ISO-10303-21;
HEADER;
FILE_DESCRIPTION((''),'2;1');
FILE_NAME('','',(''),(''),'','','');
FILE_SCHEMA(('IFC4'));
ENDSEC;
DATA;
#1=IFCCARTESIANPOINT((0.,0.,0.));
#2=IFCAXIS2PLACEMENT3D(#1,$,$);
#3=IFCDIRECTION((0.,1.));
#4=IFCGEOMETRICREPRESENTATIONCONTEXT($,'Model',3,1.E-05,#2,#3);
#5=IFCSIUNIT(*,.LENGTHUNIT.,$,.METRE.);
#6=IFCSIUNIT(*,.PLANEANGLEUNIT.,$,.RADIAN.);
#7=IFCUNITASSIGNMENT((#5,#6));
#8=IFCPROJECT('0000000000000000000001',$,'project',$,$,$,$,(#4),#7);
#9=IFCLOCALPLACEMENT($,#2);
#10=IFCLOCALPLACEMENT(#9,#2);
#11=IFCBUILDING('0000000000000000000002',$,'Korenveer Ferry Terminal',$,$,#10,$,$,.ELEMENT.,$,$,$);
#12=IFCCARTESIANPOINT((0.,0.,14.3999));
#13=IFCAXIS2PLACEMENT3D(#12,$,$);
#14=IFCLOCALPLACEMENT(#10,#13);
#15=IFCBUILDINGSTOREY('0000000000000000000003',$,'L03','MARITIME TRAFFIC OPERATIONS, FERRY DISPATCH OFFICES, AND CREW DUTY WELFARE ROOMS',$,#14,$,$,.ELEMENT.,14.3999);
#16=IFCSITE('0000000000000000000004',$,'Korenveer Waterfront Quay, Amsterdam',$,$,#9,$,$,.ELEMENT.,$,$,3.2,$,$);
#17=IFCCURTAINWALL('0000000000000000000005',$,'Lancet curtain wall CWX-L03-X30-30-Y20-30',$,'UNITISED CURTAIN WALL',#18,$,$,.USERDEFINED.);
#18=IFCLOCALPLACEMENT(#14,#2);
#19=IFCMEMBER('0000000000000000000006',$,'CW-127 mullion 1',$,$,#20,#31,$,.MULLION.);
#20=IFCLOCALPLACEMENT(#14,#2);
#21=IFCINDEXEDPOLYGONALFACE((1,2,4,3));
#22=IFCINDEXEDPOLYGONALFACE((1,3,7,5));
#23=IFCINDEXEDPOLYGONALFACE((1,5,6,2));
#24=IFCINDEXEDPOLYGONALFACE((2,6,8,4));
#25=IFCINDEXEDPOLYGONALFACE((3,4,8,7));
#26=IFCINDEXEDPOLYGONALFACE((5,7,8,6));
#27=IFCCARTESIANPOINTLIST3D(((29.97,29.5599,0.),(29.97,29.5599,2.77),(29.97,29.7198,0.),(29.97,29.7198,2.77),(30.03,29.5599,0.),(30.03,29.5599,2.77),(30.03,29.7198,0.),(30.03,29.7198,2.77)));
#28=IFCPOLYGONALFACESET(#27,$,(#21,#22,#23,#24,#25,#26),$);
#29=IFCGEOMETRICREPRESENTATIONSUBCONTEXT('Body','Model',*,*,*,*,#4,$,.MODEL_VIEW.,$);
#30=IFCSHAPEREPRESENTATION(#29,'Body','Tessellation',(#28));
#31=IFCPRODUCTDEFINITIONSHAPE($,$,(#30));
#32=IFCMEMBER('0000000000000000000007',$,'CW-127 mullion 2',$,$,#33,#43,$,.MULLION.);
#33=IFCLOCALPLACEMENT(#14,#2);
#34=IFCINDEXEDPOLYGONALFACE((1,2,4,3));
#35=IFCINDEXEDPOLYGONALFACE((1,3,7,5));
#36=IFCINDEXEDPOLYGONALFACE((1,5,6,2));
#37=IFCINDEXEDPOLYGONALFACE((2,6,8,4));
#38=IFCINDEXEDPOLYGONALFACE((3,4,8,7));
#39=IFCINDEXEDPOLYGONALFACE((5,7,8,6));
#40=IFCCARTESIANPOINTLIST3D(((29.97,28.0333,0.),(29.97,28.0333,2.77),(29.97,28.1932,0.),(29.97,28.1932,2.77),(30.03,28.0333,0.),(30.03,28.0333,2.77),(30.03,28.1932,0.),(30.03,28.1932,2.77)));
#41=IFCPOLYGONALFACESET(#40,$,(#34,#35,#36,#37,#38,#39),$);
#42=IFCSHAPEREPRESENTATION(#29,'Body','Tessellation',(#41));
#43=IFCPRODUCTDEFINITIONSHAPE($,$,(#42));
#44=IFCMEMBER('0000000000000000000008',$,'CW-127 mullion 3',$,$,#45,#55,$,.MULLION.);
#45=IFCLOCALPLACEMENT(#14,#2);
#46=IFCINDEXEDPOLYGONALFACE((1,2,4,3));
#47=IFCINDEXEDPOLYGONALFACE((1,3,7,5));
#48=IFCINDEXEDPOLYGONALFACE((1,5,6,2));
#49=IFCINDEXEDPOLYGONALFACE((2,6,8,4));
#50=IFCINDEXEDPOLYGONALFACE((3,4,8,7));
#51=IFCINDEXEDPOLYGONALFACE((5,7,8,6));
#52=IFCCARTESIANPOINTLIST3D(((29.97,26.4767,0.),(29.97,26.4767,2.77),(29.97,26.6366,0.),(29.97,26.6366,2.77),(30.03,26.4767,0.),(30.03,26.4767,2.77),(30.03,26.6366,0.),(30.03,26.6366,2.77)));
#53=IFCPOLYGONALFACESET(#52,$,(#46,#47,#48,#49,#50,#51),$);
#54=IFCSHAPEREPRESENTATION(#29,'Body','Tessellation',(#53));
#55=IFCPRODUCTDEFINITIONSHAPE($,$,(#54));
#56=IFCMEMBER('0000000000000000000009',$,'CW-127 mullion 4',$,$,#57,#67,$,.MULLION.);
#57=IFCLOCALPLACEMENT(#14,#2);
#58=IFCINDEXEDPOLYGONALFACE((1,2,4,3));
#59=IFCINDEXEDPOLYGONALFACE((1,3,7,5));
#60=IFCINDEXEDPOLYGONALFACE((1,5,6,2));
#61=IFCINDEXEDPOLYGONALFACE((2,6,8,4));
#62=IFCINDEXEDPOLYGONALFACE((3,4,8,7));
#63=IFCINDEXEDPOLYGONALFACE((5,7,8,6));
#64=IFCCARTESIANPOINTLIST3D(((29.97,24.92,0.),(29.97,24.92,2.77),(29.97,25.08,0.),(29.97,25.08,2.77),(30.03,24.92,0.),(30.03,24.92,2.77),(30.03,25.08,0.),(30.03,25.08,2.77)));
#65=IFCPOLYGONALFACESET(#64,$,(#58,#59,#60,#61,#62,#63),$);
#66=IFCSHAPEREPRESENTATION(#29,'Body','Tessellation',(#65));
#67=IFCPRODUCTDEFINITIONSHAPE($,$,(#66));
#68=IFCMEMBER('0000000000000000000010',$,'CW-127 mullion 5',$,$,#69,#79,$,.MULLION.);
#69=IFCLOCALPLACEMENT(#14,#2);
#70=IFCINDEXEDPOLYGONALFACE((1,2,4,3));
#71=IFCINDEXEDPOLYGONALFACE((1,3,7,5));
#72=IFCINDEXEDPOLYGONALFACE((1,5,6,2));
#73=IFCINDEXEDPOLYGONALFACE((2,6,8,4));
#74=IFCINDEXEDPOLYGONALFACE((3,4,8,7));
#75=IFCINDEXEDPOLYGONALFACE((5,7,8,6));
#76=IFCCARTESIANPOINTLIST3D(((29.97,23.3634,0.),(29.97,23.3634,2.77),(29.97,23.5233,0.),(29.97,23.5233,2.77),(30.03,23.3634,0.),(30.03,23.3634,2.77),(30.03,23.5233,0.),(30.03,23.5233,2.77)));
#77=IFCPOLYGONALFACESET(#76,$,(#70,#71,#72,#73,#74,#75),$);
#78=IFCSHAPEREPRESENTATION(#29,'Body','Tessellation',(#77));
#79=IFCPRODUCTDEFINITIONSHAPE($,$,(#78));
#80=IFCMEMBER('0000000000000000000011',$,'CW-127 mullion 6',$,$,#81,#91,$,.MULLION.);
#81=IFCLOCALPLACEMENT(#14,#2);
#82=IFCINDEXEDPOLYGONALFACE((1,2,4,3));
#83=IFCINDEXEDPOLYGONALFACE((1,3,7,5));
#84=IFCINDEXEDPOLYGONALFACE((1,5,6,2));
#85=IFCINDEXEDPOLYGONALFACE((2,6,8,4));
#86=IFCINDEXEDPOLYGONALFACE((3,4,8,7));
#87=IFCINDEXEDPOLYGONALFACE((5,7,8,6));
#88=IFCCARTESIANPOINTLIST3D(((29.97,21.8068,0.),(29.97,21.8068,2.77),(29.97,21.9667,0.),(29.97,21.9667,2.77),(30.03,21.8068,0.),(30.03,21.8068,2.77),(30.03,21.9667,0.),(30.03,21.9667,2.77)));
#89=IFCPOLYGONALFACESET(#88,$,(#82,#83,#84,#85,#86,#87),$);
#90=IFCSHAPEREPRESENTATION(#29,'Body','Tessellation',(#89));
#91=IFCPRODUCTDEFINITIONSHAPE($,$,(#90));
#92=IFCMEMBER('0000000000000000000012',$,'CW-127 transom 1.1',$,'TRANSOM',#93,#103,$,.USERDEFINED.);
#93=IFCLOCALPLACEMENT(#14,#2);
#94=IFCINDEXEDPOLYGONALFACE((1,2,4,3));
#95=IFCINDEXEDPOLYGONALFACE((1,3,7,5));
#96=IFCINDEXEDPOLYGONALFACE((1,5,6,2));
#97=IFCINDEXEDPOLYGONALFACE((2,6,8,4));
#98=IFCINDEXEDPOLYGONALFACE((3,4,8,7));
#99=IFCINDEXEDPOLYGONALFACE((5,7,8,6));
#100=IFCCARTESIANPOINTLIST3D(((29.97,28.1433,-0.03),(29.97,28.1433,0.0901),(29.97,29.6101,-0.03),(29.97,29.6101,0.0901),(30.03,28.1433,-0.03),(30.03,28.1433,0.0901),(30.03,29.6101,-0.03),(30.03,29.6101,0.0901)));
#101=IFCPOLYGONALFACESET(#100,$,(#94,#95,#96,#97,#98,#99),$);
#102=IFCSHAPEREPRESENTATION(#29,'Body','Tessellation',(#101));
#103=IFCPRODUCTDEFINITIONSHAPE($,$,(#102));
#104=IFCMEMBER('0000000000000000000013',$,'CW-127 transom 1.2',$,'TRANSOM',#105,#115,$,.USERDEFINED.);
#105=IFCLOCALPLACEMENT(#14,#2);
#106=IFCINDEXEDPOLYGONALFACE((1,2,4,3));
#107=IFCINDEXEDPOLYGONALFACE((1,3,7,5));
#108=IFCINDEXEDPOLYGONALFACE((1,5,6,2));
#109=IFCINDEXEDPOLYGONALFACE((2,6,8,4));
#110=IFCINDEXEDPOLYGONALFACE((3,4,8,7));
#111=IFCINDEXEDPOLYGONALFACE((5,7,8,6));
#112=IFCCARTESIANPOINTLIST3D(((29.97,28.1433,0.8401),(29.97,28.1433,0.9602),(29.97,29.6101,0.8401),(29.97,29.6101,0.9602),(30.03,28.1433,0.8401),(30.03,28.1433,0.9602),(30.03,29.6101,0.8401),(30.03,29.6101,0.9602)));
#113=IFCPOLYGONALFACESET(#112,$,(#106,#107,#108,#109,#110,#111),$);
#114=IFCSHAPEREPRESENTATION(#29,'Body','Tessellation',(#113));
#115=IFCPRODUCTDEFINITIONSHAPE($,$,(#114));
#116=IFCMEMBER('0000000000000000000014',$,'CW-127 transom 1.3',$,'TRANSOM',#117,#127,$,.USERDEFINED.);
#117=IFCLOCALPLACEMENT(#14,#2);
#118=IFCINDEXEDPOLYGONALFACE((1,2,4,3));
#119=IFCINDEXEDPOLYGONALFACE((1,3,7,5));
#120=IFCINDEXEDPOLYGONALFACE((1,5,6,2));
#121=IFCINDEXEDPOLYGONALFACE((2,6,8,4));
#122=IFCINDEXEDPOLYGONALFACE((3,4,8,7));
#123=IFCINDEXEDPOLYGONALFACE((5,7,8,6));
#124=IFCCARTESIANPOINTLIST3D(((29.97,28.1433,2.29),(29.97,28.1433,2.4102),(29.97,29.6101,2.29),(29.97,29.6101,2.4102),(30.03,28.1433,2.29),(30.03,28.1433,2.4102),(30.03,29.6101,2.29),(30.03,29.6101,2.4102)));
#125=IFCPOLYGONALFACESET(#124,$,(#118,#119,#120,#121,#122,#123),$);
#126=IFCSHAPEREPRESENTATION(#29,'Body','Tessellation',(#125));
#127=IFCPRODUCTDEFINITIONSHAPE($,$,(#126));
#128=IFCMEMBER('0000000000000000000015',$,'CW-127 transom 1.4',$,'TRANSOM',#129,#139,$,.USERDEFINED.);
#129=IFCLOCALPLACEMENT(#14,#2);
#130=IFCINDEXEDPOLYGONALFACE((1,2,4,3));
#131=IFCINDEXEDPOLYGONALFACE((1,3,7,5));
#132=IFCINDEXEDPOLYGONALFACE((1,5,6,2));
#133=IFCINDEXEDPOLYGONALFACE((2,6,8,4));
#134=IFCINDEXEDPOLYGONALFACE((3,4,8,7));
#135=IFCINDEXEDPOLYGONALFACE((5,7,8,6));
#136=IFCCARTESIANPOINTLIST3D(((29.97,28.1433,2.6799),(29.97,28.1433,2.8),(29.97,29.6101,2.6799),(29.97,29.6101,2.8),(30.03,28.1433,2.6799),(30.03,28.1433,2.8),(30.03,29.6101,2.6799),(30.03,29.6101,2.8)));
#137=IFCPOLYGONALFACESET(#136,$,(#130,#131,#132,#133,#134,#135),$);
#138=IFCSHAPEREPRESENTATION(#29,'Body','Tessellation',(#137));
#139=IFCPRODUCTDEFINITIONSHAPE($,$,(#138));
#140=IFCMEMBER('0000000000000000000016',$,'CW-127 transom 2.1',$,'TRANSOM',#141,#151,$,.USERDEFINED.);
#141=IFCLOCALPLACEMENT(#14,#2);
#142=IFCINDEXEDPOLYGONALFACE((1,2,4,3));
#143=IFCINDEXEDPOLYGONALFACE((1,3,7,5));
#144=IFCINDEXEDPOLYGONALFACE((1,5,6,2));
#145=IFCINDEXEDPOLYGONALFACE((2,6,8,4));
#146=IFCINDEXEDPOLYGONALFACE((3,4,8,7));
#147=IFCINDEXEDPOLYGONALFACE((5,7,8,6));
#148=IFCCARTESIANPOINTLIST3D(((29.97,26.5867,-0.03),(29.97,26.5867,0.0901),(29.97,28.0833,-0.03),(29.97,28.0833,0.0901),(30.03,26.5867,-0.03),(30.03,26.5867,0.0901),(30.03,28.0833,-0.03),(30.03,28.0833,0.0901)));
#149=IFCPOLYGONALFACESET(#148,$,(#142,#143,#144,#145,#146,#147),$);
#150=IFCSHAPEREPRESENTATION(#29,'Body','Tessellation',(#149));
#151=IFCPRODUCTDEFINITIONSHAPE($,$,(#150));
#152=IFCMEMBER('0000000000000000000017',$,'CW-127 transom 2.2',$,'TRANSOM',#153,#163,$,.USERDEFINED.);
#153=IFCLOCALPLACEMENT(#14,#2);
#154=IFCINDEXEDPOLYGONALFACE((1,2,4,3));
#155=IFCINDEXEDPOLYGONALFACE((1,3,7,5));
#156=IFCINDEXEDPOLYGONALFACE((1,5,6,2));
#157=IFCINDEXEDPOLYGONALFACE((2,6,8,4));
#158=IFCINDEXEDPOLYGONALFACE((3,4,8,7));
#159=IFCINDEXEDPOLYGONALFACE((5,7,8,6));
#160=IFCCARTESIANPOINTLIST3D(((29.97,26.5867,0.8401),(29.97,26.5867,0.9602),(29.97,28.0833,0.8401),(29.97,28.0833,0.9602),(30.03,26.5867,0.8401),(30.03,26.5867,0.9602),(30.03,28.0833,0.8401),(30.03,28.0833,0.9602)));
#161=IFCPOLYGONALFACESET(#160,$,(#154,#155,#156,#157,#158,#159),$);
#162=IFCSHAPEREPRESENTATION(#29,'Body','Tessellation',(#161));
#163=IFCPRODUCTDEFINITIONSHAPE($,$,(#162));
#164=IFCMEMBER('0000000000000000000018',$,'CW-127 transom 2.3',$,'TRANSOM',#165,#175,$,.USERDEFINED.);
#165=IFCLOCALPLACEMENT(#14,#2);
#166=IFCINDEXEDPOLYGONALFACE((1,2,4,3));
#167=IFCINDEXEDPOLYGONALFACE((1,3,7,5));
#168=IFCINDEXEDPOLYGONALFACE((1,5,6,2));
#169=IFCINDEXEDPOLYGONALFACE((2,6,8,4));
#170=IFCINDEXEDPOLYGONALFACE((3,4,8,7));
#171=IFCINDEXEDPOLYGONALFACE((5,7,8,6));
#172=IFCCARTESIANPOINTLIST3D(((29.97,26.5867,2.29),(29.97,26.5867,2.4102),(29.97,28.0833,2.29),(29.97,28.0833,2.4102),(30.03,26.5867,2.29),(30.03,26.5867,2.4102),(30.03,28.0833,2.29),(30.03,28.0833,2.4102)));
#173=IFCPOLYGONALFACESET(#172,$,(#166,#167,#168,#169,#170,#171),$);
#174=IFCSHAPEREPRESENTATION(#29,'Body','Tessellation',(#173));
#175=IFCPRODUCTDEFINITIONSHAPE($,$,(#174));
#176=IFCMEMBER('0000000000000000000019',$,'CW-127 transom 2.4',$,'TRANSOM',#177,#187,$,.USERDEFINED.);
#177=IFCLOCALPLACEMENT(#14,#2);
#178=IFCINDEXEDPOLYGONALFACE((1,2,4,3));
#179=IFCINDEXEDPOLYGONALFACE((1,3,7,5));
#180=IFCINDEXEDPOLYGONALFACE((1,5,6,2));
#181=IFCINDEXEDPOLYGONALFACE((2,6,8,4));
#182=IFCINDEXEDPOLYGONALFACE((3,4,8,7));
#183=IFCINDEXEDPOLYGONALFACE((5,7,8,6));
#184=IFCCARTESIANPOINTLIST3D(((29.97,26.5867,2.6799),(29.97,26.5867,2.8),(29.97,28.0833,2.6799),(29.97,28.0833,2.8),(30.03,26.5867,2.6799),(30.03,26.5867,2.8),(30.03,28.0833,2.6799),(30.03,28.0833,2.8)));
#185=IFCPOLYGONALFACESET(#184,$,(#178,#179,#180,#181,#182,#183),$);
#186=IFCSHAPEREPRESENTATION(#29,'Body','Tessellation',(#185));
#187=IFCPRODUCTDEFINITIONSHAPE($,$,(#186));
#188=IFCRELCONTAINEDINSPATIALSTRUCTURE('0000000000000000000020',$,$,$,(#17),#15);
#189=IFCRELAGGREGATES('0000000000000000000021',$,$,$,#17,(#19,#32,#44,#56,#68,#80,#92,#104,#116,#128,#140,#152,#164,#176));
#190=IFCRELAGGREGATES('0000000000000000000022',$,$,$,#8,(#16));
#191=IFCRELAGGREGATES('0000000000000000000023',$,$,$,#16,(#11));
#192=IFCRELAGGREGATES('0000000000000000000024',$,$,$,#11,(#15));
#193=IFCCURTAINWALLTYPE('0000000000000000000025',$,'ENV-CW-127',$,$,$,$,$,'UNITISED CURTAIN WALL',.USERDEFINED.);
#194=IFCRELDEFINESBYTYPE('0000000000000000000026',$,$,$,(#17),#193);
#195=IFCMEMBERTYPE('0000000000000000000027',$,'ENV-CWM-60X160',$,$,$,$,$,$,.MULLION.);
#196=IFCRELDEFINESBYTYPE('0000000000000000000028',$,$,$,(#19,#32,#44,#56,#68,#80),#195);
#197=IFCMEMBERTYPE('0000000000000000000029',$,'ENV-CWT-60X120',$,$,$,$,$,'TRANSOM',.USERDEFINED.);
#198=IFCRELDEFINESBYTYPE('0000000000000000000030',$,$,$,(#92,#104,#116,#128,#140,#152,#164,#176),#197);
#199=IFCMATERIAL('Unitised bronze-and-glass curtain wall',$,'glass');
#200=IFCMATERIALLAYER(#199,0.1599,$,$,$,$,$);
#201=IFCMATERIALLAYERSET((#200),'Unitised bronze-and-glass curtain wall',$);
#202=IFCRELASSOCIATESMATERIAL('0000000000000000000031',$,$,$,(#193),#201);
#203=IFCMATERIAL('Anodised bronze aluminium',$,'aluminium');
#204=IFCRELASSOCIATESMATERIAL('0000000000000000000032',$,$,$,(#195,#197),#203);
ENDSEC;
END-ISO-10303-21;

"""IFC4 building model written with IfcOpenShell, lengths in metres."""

from ifc_helpers import new_model, si_unit, direction, frame, origin, origin_2d, place, context, subcontext, project, spatial, rectangle, extrude, material, layer, layer_set, material_profile, profile_set, type_object, element, aggregate, save


model = new_model("IFC4")

# Units and contexts
model_context = context("Model", 3, precision=1e-05, world=origin(), true_north=direction((0.0, 1.0)))
body_context = subcontext(model_context, "Body", "Model", "MODEL_VIEW")
ifc_project = project(units=[si_unit("LENGTHUNIT", "METRE"), si_unit("PLANEANGLEUNIT", "RADIAN")], contexts=[model_context])

# Site, building, storey
site_placement = place(None, origin())
site = spatial("IfcSite", under=ifc_project, at=site_placement, Name="Korenveer Waterfront Quay, Amsterdam", CompositionType="ELEMENT", RefElevation=3.2)
building_placement = place(site_placement, origin())
building = spatial("IfcBuilding", under=site, at=building_placement, Name="Korenveer Ferry Terminal", CompositionType="ELEMENT")
storey_placement = place(building_placement, frame((0.0, 0.0, 14.3999)))
storey = spatial("IfcBuildingStorey", under=building, at=storey_placement, Name="L03", Description="MARITIME TRAFFIC OPERATIONS, FERRY DISPATCH OFFICES, AND CREW DUTY WELFARE ROOMS", CompositionType="ELEMENT", Elevation=14.3999)

# Curtain wall, members
ifc_material_1 = material(Name="Unitised bronze-and-glass curtain wall", Category="glass")
ifc_layer_1 = layer(ifc_material_1, 0.1599)
ifc_layer_set_1 = layer_set([ifc_layer_1], Name="Unitised bronze-and-glass curtain wall")
curtain_wall_type = type_object("IfcCurtainWallType", Name="ENV-CW-127", ElementType="UNITISED CURTAIN WALL", PredefinedType="USERDEFINED", material=ifc_layer_set_1)
curtain_wall_placement = place(storey_placement, frame((30.0, 29.6699, 0.0)))
curtain_wall = element("IfcCurtainWall", 1, at=curtain_wall_placement, inside=storey, type_object=curtain_wall_type, Name="Lancet curtain wall CWX-L03-X30-30-Y20-30", ObjectType="UNITISED CURTAIN WALL", PredefinedType="USERDEFINED")
ifc_material_2 = material(Name="Anodised bronze aluminium", Category="aluminium")
ifc_material_profile_1 = material_profile(ifc_material_2, rectangle(XDim=0.0601, YDim=0.1599, at=origin_2d()), Name="ALU 60x160")
ifc_profile_set_1 = profile_set([ifc_material_profile_1], Name="Anodised bronze aluminium")
member_type_1 = type_object("IfcMemberType", Name="ENV-CWM-60X160", PredefinedType="MULLION", material=ifc_profile_set_1)
member_1_placement = place(storey_placement, frame((30.0, 29.6399, 0.0), z_axis=(0.0, 0.0, 1.0), x_axis=(1.0, 0.0, 0.0)))
member_1 = element("IfcMember", 2, at=member_1_placement, type_object=member_type_1, Name="CW-127 mullion 1", PredefinedType="MULLION", context=body_context, shape_type="SweptSolid", body=[
    extrude(rectangle(XDim=0.0601, YDim=0.1599, at=origin_2d()), origin(), (0.0, 0.0, 1.0), 2.77),
])
member_2_placement = place(storey_placement, frame((30.0, 28.1133, 0.0), z_axis=(0.0, 0.0, 1.0), x_axis=(1.0, 0.0, 0.0)))
member_2 = element("IfcMember", 3, at=member_2_placement, type_object=member_type_1, Name="CW-127 mullion 2", PredefinedType="MULLION", context=body_context, shape_type="SweptSolid", body=[
    extrude(rectangle(XDim=0.0601, YDim=0.1599, at=origin_2d()), origin(), (0.0, 0.0, 1.0), 2.77),
])
member_3_placement = place(storey_placement, frame((30.0, 26.5566, 0.0), z_axis=(0.0, 0.0, 1.0), x_axis=(1.0, 0.0, 0.0)))
member_3 = element("IfcMember", 4, at=member_3_placement, type_object=member_type_1, Name="CW-127 mullion 3", PredefinedType="MULLION", context=body_context, shape_type="SweptSolid", body=[
    extrude(rectangle(XDim=0.0601, YDim=0.1599, at=origin_2d()), origin(), (0.0, 0.0, 1.0), 2.77),
])
member_4_placement = place(storey_placement, frame((30.0, 25.0, 0.0), z_axis=(0.0, 0.0, 1.0), x_axis=(1.0, 0.0, 0.0)))
member_4 = element("IfcMember", 5, at=member_4_placement, type_object=member_type_1, Name="CW-127 mullion 4", PredefinedType="MULLION", context=body_context, shape_type="SweptSolid", body=[
    extrude(rectangle(XDim=0.0601, YDim=0.1599, at=origin_2d()), origin(), (0.0, 0.0, 1.0), 2.77),
])
member_5_placement = place(storey_placement, frame((30.0, 23.4434, 0.0), z_axis=(0.0, 0.0, 1.0), x_axis=(1.0, 0.0, 0.0)))
member_5 = element("IfcMember", 6, at=member_5_placement, type_object=member_type_1, Name="CW-127 mullion 5", PredefinedType="MULLION", context=body_context, shape_type="SweptSolid", body=[
    extrude(rectangle(XDim=0.0601, YDim=0.1599, at=origin_2d()), origin(), (0.0, 0.0, 1.0), 2.77),
])
member_6_placement = place(storey_placement, frame((30.0, 21.8867, 0.0), z_axis=(0.0, 0.0, 1.0), x_axis=(1.0, 0.0, 0.0)))
member_6 = element("IfcMember", 7, at=member_6_placement, type_object=member_type_1, Name="CW-127 mullion 6", PredefinedType="MULLION", context=body_context, shape_type="SweptSolid", body=[
    extrude(rectangle(XDim=0.0601, YDim=0.1599, at=origin_2d()), origin(), (0.0, 0.0, 1.0), 2.77),
])
ifc_material_profile_2 = material_profile(ifc_material_2, rectangle(XDim=0.0601, YDim=0.1201, at=origin_2d()), Name="ALU 60x120")
ifc_profile_set_2 = profile_set([ifc_material_profile_2], Name="Anodised bronze aluminium")
member_type_2 = type_object("IfcMemberType", Name="ENV-CWT-60X120", ElementType="TRANSOM", PredefinedType="USERDEFINED", material=ifc_profile_set_2)
member_7_placement = place(storey_placement, frame((30.0, 29.6101, 0.03), z_axis=(0.0, -1.0, 0.0), x_axis=(1.0, 0.0, 0.0)))
member_7 = element("IfcMember", 8, at=member_7_placement, type_object=member_type_2, Name="CW-127 transom 1.1", ObjectType="TRANSOM", PredefinedType="USERDEFINED", context=body_context, shape_type="SweptSolid", body=[
    extrude(rectangle(XDim=0.0601, YDim=0.1201, at=origin_2d()), origin(), (0.0, 0.0, 1.0), 1.4668),
])
member_8_placement = place(storey_placement, frame((30.0, 29.6101, 0.9001), z_axis=(0.0, -1.0, 0.0), x_axis=(1.0, 0.0, 0.0)))
member_8 = element("IfcMember", 9, at=member_8_placement, type_object=member_type_2, Name="CW-127 transom 1.2", ObjectType="TRANSOM", PredefinedType="USERDEFINED", context=body_context, shape_type="SweptSolid", body=[
    extrude(rectangle(XDim=0.0601, YDim=0.1201, at=origin_2d()), origin(), (0.0, 0.0, 1.0), 1.4668),
])
member_9_placement = place(storey_placement, frame((30.0, 29.6101, 2.3501), z_axis=(0.0, -1.0, 0.0), x_axis=(1.0, 0.0, 0.0)))
member_9 = element("IfcMember", 10, at=member_9_placement, type_object=member_type_2, Name="CW-127 transom 1.3", ObjectType="TRANSOM", PredefinedType="USERDEFINED", context=body_context, shape_type="SweptSolid", body=[
    extrude(rectangle(XDim=0.0601, YDim=0.1201, at=origin_2d()), origin(), (0.0, 0.0, 1.0), 1.4668),
])
member_10_placement = place(storey_placement, frame((30.0, 29.6101, 2.74), z_axis=(0.0, -1.0, 0.0), x_axis=(1.0, 0.0, 0.0)))
member_10 = element("IfcMember", 11, at=member_10_placement, type_object=member_type_2, Name="CW-127 transom 1.4", ObjectType="TRANSOM", PredefinedType="USERDEFINED", context=body_context, shape_type="SweptSolid", body=[
    extrude(rectangle(XDim=0.0601, YDim=0.1201, at=origin_2d()), origin(), (0.0, 0.0, 1.0), 1.4668),
])
member_11_placement = place(storey_placement, frame((30.0, 28.0833, 0.03), z_axis=(0.0, -1.0, 0.0), x_axis=(1.0, 0.0, 0.0)))
member_11 = element("IfcMember", 12, at=member_11_placement, type_object=member_type_2, Name="CW-127 transom 2.1", ObjectType="TRANSOM", PredefinedType="USERDEFINED", context=body_context, shape_type="SweptSolid", body=[
    extrude(rectangle(XDim=0.0601, YDim=0.1201, at=origin_2d()), origin(), (0.0, 0.0, 1.0), 1.4966),
])
member_12_placement = place(storey_placement, frame((30.0, 28.0833, 0.9001), z_axis=(0.0, -1.0, 0.0), x_axis=(1.0, 0.0, 0.0)))
member_12 = element("IfcMember", 13, at=member_12_placement, type_object=member_type_2, Name="CW-127 transom 2.2", ObjectType="TRANSOM", PredefinedType="USERDEFINED", context=body_context, shape_type="SweptSolid", body=[
    extrude(rectangle(XDim=0.0601, YDim=0.1201, at=origin_2d()), origin(), (0.0, 0.0, 1.0), 1.4966),
])
member_13_placement = place(storey_placement, frame((30.0, 28.0833, 2.3501), z_axis=(0.0, -1.0, 0.0), x_axis=(1.0, 0.0, 0.0)))
member_13 = element("IfcMember", 14, at=member_13_placement, type_object=member_type_2, Name="CW-127 transom 2.3", ObjectType="TRANSOM", PredefinedType="USERDEFINED", context=body_context, shape_type="SweptSolid", body=[
    extrude(rectangle(XDim=0.0601, YDim=0.1201, at=origin_2d()), origin(), (0.0, 0.0, 1.0), 1.4966),
])
member_14_placement = place(storey_placement, frame((30.0, 28.0833, 2.74), z_axis=(0.0, -1.0, 0.0), x_axis=(1.0, 0.0, 0.0)))
member_14 = element("IfcMember", 15, at=member_14_placement, type_object=member_type_2, Name="CW-127 transom 2.4", ObjectType="TRANSOM", PredefinedType="USERDEFINED", context=body_context, shape_type="SweptSolid", body=[
    extrude(rectangle(XDim=0.0601, YDim=0.1201, at=origin_2d()), origin(), (0.0, 0.0, 1.0), 1.4966),
])
aggregate(curtain_wall, [member_1, member_2, member_3, member_4, member_5, member_6, member_7, member_8, member_9, member_10, member_11, member_12, member_13, member_14])

save(model, "model.ifc")
